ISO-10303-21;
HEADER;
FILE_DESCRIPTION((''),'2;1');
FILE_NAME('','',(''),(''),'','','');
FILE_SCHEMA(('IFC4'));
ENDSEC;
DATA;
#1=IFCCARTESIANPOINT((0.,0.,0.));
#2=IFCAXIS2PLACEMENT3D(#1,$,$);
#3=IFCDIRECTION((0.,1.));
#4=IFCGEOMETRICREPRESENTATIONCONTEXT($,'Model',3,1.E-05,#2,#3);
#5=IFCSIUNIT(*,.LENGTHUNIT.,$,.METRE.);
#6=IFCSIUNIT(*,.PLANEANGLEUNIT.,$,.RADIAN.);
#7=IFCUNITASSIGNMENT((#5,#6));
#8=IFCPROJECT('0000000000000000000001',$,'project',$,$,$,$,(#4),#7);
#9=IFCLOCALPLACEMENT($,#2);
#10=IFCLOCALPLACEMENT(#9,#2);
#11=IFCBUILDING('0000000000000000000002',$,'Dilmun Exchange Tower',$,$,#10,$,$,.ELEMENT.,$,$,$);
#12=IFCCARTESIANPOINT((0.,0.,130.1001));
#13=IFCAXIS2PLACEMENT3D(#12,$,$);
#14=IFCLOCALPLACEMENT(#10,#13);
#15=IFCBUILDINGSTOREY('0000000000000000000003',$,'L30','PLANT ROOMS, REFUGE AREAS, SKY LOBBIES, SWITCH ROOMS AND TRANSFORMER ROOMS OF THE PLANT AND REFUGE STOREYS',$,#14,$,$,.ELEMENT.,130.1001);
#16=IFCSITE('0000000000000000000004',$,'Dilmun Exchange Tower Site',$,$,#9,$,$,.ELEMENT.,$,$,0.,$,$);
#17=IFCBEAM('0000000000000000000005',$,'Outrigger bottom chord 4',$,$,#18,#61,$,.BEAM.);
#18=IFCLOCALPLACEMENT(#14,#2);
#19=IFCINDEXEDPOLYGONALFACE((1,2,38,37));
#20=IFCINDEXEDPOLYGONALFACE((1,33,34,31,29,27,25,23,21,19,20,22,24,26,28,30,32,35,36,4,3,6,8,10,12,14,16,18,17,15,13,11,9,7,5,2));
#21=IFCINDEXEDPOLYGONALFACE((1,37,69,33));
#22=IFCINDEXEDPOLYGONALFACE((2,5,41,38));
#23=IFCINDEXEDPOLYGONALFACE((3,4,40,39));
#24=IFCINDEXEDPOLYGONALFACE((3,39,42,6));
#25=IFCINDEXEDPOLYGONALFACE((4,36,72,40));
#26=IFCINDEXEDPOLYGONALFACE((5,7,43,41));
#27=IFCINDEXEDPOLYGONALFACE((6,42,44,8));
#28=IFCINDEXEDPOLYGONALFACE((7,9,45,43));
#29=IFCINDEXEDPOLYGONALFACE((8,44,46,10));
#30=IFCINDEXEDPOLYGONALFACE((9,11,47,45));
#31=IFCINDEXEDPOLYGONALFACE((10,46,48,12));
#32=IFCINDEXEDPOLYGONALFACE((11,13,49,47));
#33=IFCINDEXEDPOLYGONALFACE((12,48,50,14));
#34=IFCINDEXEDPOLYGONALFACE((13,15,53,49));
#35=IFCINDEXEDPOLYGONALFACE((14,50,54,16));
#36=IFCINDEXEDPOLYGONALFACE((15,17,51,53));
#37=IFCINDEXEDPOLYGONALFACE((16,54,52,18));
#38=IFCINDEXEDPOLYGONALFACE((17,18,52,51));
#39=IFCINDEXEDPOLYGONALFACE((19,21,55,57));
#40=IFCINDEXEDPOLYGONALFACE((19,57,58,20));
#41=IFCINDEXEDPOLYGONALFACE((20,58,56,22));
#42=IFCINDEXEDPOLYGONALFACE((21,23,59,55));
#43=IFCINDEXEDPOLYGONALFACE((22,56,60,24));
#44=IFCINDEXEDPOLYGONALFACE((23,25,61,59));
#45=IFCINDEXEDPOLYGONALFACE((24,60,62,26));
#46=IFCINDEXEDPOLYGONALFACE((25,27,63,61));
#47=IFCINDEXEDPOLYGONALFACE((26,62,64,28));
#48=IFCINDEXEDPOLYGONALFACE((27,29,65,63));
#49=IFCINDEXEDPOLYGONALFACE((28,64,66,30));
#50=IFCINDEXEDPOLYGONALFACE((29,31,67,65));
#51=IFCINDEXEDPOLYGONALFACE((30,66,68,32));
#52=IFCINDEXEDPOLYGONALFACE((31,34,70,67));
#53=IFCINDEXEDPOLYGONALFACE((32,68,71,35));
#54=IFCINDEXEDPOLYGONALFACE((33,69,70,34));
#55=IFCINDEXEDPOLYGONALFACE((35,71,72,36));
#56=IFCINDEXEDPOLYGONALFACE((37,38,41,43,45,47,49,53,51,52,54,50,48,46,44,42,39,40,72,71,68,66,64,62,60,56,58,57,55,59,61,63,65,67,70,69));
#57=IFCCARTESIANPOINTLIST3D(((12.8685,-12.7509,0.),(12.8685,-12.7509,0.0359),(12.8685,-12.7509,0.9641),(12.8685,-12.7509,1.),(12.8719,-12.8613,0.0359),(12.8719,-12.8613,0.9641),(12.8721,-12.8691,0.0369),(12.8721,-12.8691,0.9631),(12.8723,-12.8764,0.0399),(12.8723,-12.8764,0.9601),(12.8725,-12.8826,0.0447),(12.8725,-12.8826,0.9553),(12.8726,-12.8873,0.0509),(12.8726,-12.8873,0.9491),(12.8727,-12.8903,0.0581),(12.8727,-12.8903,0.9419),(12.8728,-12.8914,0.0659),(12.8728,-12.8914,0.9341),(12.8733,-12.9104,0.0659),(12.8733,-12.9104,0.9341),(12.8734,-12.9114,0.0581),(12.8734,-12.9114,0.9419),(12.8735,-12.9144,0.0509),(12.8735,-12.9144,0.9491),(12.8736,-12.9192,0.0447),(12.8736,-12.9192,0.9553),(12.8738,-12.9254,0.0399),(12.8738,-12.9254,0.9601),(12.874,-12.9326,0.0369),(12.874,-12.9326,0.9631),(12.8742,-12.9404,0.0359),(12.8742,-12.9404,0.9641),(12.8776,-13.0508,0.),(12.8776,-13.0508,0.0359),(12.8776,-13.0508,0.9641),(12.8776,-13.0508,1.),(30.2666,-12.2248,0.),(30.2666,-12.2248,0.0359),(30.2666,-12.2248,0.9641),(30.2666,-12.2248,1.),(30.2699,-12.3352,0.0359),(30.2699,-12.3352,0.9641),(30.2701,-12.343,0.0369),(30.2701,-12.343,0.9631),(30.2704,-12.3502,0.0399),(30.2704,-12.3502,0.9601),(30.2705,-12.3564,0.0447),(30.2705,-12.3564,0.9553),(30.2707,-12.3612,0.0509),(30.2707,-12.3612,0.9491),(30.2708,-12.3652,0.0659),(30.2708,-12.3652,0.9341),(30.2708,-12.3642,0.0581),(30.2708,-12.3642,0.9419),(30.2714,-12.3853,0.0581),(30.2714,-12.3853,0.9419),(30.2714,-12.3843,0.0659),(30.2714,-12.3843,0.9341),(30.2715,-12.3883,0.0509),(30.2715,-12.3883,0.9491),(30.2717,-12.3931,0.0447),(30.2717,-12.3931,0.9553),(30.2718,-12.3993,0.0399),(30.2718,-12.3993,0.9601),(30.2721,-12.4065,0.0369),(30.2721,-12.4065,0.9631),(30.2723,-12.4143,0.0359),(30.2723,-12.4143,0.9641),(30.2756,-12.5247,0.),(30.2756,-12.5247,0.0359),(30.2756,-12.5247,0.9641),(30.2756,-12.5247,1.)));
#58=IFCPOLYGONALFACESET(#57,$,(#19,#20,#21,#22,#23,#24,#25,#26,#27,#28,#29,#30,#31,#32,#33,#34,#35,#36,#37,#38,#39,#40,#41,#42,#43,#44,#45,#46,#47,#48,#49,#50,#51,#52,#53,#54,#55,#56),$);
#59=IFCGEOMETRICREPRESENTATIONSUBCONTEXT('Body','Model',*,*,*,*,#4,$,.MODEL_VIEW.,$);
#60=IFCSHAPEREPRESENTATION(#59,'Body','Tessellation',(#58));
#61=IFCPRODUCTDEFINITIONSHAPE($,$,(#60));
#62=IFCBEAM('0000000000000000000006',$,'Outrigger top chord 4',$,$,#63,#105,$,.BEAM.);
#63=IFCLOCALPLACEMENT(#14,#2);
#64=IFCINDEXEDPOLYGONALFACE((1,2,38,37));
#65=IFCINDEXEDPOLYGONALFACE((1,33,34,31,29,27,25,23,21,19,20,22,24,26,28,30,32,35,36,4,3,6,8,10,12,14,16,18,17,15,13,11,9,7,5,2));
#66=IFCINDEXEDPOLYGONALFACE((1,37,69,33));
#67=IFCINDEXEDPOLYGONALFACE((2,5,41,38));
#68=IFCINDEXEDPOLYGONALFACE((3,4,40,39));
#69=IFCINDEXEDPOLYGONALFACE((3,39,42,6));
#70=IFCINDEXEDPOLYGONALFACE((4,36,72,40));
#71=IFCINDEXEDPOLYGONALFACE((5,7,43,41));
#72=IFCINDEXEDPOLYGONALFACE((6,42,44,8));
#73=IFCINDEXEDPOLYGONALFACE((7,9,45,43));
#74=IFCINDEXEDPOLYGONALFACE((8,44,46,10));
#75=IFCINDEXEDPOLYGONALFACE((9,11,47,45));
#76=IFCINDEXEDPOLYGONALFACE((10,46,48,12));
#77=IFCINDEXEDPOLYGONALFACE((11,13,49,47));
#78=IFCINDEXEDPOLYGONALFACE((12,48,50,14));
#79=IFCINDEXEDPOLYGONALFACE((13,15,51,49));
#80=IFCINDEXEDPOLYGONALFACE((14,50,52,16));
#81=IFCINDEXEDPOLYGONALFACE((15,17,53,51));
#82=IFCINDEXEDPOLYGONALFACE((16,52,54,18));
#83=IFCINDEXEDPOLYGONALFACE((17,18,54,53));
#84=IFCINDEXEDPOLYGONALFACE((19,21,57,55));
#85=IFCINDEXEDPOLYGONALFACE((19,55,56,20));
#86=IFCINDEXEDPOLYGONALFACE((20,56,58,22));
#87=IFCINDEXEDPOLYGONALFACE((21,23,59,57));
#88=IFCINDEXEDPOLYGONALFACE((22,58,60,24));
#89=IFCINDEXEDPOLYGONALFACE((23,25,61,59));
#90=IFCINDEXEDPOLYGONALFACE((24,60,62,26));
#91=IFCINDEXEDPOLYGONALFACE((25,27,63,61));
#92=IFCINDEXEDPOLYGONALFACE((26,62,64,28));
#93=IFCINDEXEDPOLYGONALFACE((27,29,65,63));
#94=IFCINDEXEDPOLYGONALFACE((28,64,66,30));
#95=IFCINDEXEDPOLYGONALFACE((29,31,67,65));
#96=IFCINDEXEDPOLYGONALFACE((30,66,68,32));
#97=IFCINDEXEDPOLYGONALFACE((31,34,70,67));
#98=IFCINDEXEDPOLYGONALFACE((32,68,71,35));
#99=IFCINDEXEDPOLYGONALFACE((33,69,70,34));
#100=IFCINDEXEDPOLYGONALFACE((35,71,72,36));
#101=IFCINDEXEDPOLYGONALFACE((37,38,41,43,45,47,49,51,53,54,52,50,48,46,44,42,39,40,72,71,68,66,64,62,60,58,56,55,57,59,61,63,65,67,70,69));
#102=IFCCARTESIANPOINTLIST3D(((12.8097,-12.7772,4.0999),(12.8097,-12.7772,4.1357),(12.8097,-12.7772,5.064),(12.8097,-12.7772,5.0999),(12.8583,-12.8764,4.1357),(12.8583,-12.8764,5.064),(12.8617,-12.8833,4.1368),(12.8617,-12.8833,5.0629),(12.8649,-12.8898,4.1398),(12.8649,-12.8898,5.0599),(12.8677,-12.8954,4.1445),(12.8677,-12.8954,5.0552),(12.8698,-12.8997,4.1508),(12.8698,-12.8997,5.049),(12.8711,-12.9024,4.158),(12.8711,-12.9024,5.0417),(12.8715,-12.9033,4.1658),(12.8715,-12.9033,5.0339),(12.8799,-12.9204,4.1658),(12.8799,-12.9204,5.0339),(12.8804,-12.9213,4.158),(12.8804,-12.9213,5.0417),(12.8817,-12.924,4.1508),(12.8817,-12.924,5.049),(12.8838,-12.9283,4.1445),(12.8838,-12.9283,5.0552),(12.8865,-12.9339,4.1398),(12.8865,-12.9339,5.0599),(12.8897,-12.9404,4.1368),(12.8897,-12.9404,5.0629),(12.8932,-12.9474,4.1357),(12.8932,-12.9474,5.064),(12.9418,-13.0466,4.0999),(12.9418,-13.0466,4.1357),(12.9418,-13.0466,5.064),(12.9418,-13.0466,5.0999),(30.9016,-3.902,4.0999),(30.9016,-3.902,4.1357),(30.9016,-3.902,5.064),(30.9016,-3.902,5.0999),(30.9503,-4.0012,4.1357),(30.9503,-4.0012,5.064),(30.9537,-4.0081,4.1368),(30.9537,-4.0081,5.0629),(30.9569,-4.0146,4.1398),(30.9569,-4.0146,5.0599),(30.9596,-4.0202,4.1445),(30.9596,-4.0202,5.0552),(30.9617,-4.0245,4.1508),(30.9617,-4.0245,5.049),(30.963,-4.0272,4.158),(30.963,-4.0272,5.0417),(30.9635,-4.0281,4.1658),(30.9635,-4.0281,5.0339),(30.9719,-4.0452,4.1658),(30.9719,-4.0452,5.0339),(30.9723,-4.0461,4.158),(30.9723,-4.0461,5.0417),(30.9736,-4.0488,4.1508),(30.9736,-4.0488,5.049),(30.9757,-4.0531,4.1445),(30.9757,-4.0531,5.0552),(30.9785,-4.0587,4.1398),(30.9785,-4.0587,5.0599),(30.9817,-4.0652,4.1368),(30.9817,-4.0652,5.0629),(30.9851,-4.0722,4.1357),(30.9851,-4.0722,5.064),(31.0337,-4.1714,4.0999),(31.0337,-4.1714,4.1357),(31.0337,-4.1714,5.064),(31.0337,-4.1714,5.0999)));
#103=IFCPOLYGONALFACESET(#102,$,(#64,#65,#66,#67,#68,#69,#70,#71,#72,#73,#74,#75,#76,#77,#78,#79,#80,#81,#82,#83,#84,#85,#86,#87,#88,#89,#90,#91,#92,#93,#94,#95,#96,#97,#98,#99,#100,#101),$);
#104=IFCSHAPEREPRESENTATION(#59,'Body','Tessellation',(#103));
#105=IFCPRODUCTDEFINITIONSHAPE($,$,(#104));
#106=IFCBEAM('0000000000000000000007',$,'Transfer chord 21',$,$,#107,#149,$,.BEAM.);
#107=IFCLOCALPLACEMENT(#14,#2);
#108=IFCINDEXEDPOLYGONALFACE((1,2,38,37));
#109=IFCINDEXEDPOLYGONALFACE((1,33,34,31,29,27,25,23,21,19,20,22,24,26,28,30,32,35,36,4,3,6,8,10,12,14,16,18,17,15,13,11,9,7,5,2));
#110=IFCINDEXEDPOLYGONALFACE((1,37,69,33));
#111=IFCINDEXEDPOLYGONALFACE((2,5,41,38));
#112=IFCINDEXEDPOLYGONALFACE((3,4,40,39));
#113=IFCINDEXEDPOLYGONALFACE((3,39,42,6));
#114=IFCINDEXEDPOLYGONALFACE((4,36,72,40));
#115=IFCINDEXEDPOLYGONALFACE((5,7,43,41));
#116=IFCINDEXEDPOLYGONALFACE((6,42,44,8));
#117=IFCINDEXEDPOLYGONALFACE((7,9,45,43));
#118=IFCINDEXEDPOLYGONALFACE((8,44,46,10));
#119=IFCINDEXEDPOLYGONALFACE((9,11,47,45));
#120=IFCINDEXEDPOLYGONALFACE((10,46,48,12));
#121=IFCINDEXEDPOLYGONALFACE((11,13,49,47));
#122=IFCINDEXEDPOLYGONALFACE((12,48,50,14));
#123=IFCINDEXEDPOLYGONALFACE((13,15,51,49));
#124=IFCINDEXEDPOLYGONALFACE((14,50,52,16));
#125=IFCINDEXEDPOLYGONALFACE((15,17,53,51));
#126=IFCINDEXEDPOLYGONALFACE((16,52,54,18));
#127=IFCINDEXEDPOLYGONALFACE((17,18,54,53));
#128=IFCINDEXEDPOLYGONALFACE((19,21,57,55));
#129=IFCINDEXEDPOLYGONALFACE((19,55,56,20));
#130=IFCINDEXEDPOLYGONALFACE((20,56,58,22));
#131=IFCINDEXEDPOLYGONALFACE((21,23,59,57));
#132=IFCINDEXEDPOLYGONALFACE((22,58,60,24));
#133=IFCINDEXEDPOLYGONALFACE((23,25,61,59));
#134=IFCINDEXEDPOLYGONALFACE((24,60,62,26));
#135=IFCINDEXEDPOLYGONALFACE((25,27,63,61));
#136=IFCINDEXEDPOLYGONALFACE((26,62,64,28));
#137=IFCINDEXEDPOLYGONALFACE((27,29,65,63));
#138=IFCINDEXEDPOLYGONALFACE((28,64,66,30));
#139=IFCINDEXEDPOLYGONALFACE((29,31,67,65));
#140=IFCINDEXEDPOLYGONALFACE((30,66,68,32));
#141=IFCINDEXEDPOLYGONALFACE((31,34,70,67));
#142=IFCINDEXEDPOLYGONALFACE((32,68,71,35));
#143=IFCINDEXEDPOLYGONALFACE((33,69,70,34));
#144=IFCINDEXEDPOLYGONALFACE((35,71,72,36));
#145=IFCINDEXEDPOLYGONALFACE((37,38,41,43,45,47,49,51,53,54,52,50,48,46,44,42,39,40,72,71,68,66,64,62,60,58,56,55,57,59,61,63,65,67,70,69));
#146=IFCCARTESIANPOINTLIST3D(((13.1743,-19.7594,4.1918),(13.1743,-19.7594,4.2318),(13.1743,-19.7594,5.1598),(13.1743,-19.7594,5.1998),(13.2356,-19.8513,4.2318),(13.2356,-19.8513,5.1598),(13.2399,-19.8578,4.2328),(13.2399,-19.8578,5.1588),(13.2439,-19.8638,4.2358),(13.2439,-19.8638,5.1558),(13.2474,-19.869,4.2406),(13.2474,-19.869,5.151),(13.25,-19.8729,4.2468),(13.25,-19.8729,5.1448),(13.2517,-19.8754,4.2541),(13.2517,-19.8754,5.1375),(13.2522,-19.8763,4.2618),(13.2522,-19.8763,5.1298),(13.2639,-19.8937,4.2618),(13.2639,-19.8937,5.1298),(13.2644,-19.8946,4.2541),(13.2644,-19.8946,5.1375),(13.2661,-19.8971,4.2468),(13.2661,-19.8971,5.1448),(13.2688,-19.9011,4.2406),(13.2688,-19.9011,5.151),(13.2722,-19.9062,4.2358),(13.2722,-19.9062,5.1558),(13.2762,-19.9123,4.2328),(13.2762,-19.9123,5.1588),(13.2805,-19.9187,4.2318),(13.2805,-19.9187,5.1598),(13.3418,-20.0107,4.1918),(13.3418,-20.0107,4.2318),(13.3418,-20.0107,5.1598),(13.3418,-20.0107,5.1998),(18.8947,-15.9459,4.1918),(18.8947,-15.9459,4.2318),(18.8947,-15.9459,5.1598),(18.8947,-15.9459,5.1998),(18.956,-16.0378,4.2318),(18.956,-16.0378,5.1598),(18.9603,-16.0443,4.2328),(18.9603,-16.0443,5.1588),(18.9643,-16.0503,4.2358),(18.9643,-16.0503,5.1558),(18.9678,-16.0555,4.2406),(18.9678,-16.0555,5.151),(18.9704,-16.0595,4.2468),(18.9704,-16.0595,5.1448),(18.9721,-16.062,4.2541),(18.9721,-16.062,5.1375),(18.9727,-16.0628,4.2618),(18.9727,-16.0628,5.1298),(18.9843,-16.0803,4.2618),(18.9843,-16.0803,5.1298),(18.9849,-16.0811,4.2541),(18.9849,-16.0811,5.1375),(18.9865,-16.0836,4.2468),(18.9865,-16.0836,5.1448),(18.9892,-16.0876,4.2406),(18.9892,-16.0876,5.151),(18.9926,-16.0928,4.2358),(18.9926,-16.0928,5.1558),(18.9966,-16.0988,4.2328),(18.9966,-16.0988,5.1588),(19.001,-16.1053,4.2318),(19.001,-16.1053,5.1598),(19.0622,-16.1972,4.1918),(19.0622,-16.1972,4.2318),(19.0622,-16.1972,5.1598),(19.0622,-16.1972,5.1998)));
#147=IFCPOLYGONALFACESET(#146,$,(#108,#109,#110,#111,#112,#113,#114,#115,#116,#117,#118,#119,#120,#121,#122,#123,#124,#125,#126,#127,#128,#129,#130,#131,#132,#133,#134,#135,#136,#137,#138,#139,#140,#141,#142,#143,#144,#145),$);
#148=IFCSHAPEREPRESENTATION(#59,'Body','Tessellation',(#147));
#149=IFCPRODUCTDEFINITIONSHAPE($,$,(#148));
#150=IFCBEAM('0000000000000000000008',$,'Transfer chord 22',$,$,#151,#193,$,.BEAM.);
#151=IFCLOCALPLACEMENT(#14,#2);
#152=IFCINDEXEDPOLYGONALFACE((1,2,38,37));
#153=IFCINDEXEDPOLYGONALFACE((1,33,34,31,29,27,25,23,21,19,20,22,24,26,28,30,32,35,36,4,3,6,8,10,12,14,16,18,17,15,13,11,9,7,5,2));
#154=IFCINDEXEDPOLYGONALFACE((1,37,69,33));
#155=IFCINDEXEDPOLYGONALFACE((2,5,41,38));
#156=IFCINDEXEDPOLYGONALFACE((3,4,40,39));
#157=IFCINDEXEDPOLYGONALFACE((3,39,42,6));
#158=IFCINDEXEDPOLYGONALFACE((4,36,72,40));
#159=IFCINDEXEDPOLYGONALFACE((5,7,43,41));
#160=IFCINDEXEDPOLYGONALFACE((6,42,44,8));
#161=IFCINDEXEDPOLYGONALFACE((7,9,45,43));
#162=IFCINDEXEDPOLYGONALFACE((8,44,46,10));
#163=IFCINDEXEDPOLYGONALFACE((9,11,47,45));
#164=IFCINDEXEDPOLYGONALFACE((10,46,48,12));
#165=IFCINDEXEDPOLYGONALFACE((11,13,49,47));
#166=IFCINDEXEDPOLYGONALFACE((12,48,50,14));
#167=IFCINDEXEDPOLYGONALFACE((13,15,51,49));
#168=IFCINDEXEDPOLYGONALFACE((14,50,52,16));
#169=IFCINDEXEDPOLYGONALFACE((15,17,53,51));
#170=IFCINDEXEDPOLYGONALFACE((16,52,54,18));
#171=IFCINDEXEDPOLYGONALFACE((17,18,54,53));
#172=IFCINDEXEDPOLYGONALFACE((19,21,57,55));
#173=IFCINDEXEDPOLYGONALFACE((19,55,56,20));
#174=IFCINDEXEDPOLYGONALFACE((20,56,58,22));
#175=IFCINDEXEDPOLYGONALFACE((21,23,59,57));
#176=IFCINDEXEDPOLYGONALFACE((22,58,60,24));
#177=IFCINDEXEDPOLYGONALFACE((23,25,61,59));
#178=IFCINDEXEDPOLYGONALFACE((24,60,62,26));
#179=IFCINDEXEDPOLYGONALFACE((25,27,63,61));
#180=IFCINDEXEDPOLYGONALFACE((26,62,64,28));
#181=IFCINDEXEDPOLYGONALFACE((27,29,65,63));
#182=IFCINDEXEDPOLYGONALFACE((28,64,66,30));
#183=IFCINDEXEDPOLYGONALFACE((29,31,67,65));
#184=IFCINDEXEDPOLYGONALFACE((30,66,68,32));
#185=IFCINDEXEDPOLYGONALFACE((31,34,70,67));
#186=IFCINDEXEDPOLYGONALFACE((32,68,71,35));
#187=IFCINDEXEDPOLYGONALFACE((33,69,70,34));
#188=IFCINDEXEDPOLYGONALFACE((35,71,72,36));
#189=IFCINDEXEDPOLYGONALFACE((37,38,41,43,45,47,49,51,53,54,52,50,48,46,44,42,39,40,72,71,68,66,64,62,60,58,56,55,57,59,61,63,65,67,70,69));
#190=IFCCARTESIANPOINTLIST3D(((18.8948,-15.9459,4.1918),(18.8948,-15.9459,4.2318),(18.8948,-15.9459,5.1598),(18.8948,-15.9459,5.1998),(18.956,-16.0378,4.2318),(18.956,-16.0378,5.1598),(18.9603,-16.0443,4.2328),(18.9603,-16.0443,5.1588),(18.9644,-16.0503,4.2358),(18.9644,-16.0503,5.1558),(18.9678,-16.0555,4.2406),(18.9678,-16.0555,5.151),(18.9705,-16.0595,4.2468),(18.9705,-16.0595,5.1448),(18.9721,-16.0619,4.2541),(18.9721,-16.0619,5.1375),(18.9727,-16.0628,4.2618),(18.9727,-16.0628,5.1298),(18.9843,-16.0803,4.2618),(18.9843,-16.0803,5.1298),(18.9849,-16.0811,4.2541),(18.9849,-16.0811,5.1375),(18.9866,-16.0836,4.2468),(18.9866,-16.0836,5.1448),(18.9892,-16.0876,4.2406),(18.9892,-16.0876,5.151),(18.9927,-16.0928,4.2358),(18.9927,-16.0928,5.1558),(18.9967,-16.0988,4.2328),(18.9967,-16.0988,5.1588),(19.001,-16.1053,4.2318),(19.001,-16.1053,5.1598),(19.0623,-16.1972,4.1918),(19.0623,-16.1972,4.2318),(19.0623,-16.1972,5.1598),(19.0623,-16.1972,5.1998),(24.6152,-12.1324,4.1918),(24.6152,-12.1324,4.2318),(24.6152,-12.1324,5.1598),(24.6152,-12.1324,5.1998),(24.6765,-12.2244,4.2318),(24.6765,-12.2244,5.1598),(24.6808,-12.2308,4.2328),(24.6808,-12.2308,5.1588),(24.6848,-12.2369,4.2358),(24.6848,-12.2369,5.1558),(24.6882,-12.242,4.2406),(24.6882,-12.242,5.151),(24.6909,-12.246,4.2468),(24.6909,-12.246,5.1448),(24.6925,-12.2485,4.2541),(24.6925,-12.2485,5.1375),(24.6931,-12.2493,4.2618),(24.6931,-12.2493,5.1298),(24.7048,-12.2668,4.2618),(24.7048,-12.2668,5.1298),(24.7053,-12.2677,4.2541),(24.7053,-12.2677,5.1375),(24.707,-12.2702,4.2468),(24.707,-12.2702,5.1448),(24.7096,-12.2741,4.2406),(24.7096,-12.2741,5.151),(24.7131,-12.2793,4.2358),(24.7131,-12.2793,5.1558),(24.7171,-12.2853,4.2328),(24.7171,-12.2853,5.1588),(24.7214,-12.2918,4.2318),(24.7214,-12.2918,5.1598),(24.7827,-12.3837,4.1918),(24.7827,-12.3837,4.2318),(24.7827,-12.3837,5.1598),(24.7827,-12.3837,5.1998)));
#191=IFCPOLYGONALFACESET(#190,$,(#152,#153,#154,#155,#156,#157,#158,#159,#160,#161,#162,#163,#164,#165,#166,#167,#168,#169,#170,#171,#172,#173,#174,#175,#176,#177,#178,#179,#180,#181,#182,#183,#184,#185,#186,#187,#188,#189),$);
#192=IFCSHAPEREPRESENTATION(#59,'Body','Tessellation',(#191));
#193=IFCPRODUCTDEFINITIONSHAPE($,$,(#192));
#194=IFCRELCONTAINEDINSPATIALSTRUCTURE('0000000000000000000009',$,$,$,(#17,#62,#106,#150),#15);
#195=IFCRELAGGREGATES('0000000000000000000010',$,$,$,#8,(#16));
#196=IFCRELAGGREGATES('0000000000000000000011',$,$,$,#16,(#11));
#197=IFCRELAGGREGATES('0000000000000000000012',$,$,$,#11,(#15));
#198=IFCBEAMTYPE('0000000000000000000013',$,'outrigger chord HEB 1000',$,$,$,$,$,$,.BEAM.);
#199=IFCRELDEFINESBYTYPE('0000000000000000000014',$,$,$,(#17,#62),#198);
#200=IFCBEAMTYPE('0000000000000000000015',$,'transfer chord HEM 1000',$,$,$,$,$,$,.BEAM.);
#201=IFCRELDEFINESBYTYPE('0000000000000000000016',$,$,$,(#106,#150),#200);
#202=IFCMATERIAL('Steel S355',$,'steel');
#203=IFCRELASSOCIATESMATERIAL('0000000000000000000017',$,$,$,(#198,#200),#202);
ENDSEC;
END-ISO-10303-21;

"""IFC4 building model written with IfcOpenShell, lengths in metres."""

from ifc_helpers import new_model, si_unit, direction, frame, origin, origin_2d, place, context, subcontext, project, spatial, i_section, extrude, material, material_profile, profile_set, type_object, element, save


model = new_model("IFC4")

# Units and contexts
model_context = context("Model", 3, precision=1e-05, world=origin(), true_north=direction((0.0, 1.0)))
body_context = subcontext(model_context, "Body", "Model", "MODEL_VIEW")
ifc_project = project(units=[si_unit("LENGTHUNIT", "METRE"), si_unit("PLANEANGLEUNIT", "RADIAN")], contexts=[model_context])

# Site, building, storey
site_placement = place(None, origin())
site = spatial("IfcSite", under=ifc_project, at=site_placement, Name="Dilmun Exchange Tower Site", CompositionType="ELEMENT", RefElevation=0.0)
building_placement = place(site_placement, origin())
building = spatial("IfcBuilding", under=site, at=building_placement, Name="Dilmun Exchange Tower", CompositionType="ELEMENT")
storey_placement = place(building_placement, frame((0.0, 0.0, 130.1001)))
storey = spatial("IfcBuildingStorey", under=building, at=storey_placement, Name="L30", Description="PLANT ROOMS, REFUGE AREAS, SKY LOBBIES, SWITCH ROOMS AND TRANSFORMER ROOMS OF THE PLANT AND REFUGE STOREYS", CompositionType="ELEMENT", Elevation=130.1001)

# Beams
ifc_material_1 = material(Name="Steel S355", Category="steel")
ifc_material_profile_1 = material_profile(ifc_material_1, i_section(OverallWidth=0.3, OverallDepth=1.0, WebThickness=0.019, FlangeThickness=0.0359, FilletRadius=0.03, at=origin_2d()), Name="HEB 1000")
ifc_profile_set_1 = profile_set([ifc_material_profile_1], Name="Steel S355")
beam_type_1 = type_object("IfcBeamType", Name="outrigger chord HEB 1000", PredefinedType="BEAM", material=ifc_profile_set_1)
beam_1_placement = place(storey_placement, frame((12.873, -12.9009, 0.5), z_axis=(0.999543, 0.030227, 0.0), x_axis=(-0.030227, 0.999543, 0.0)))
element("IfcBeam", 1, at=beam_1_placement, inside=storey, type_object=beam_type_1, Name="Outrigger bottom chord 4", PredefinedType="BEAM", context=body_context, shape_type="SweptSolid", body=[
    extrude(i_section(OverallWidth=0.3, OverallDepth=1.0, WebThickness=0.019, FlangeThickness=0.0359, FilletRadius=0.03, at=origin_2d()), origin(), (0.0, 0.0, 1.0), 17.406),
])
beam_2_placement = place(storey_placement, frame((12.8757, -12.9119, 4.5999), z_axis=(0.897791, 0.440421, 0.0), x_axis=(-0.440421, 0.897791, 0.0)))
element("IfcBeam", 2, at=beam_2_placement, inside=storey, type_object=beam_type_1, Name="Outrigger top chord 4", PredefinedType="BEAM", context=body_context, shape_type="SweptSolid", body=[
    extrude(i_section(OverallWidth=0.3, OverallDepth=1.0, WebThickness=0.019, FlangeThickness=0.0359, FilletRadius=0.03, at=origin_2d()), origin(), (0.0, 0.0, 1.0), 20.1516),
])
ifc_material_profile_2 = material_profile(ifc_material_1, i_section(OverallWidth=0.302, OverallDepth=1.0081, WebThickness=0.021, FlangeThickness=0.04, FilletRadius=0.03, at=origin_2d()), Name="HEM 1000")
ifc_profile_set_2 = profile_set([ifc_material_profile_2], Name="Steel S355")
beam_type_2 = type_object("IfcBeamType", Name="transfer chord HEM 1000", PredefinedType="BEAM", material=ifc_profile_set_2)
for number, where, z_axis, x_axis, name in (
    (3, (13.2581, -19.885, 4.6958), (0.832061, 0.554684, 0.0), (-0.554684, 0.832061, 0.0), "Transfer chord 21"),
    (4, (18.9785, -16.0715, 4.6958), (0.832061, 0.554684, 0.0), (-0.554684, 0.832061, 0.0), "Transfer chord 22"),
):
    element("IfcBeam", number, at=place(storey_placement, frame(where, z_axis=z_axis, x_axis=x_axis)), inside=storey, type_object=beam_type_2, Name=name, PredefinedType="BEAM", context=body_context, shape_type="SweptSolid", body=[
        extrude(i_section(OverallWidth=0.302, OverallDepth=1.0081, WebThickness=0.021, FlangeThickness=0.04, FilletRadius=0.03, at=origin_2d()), origin(), (0.0, 0.0, 1.0), 6.875),
    ])

save(model, "model.ifc")
